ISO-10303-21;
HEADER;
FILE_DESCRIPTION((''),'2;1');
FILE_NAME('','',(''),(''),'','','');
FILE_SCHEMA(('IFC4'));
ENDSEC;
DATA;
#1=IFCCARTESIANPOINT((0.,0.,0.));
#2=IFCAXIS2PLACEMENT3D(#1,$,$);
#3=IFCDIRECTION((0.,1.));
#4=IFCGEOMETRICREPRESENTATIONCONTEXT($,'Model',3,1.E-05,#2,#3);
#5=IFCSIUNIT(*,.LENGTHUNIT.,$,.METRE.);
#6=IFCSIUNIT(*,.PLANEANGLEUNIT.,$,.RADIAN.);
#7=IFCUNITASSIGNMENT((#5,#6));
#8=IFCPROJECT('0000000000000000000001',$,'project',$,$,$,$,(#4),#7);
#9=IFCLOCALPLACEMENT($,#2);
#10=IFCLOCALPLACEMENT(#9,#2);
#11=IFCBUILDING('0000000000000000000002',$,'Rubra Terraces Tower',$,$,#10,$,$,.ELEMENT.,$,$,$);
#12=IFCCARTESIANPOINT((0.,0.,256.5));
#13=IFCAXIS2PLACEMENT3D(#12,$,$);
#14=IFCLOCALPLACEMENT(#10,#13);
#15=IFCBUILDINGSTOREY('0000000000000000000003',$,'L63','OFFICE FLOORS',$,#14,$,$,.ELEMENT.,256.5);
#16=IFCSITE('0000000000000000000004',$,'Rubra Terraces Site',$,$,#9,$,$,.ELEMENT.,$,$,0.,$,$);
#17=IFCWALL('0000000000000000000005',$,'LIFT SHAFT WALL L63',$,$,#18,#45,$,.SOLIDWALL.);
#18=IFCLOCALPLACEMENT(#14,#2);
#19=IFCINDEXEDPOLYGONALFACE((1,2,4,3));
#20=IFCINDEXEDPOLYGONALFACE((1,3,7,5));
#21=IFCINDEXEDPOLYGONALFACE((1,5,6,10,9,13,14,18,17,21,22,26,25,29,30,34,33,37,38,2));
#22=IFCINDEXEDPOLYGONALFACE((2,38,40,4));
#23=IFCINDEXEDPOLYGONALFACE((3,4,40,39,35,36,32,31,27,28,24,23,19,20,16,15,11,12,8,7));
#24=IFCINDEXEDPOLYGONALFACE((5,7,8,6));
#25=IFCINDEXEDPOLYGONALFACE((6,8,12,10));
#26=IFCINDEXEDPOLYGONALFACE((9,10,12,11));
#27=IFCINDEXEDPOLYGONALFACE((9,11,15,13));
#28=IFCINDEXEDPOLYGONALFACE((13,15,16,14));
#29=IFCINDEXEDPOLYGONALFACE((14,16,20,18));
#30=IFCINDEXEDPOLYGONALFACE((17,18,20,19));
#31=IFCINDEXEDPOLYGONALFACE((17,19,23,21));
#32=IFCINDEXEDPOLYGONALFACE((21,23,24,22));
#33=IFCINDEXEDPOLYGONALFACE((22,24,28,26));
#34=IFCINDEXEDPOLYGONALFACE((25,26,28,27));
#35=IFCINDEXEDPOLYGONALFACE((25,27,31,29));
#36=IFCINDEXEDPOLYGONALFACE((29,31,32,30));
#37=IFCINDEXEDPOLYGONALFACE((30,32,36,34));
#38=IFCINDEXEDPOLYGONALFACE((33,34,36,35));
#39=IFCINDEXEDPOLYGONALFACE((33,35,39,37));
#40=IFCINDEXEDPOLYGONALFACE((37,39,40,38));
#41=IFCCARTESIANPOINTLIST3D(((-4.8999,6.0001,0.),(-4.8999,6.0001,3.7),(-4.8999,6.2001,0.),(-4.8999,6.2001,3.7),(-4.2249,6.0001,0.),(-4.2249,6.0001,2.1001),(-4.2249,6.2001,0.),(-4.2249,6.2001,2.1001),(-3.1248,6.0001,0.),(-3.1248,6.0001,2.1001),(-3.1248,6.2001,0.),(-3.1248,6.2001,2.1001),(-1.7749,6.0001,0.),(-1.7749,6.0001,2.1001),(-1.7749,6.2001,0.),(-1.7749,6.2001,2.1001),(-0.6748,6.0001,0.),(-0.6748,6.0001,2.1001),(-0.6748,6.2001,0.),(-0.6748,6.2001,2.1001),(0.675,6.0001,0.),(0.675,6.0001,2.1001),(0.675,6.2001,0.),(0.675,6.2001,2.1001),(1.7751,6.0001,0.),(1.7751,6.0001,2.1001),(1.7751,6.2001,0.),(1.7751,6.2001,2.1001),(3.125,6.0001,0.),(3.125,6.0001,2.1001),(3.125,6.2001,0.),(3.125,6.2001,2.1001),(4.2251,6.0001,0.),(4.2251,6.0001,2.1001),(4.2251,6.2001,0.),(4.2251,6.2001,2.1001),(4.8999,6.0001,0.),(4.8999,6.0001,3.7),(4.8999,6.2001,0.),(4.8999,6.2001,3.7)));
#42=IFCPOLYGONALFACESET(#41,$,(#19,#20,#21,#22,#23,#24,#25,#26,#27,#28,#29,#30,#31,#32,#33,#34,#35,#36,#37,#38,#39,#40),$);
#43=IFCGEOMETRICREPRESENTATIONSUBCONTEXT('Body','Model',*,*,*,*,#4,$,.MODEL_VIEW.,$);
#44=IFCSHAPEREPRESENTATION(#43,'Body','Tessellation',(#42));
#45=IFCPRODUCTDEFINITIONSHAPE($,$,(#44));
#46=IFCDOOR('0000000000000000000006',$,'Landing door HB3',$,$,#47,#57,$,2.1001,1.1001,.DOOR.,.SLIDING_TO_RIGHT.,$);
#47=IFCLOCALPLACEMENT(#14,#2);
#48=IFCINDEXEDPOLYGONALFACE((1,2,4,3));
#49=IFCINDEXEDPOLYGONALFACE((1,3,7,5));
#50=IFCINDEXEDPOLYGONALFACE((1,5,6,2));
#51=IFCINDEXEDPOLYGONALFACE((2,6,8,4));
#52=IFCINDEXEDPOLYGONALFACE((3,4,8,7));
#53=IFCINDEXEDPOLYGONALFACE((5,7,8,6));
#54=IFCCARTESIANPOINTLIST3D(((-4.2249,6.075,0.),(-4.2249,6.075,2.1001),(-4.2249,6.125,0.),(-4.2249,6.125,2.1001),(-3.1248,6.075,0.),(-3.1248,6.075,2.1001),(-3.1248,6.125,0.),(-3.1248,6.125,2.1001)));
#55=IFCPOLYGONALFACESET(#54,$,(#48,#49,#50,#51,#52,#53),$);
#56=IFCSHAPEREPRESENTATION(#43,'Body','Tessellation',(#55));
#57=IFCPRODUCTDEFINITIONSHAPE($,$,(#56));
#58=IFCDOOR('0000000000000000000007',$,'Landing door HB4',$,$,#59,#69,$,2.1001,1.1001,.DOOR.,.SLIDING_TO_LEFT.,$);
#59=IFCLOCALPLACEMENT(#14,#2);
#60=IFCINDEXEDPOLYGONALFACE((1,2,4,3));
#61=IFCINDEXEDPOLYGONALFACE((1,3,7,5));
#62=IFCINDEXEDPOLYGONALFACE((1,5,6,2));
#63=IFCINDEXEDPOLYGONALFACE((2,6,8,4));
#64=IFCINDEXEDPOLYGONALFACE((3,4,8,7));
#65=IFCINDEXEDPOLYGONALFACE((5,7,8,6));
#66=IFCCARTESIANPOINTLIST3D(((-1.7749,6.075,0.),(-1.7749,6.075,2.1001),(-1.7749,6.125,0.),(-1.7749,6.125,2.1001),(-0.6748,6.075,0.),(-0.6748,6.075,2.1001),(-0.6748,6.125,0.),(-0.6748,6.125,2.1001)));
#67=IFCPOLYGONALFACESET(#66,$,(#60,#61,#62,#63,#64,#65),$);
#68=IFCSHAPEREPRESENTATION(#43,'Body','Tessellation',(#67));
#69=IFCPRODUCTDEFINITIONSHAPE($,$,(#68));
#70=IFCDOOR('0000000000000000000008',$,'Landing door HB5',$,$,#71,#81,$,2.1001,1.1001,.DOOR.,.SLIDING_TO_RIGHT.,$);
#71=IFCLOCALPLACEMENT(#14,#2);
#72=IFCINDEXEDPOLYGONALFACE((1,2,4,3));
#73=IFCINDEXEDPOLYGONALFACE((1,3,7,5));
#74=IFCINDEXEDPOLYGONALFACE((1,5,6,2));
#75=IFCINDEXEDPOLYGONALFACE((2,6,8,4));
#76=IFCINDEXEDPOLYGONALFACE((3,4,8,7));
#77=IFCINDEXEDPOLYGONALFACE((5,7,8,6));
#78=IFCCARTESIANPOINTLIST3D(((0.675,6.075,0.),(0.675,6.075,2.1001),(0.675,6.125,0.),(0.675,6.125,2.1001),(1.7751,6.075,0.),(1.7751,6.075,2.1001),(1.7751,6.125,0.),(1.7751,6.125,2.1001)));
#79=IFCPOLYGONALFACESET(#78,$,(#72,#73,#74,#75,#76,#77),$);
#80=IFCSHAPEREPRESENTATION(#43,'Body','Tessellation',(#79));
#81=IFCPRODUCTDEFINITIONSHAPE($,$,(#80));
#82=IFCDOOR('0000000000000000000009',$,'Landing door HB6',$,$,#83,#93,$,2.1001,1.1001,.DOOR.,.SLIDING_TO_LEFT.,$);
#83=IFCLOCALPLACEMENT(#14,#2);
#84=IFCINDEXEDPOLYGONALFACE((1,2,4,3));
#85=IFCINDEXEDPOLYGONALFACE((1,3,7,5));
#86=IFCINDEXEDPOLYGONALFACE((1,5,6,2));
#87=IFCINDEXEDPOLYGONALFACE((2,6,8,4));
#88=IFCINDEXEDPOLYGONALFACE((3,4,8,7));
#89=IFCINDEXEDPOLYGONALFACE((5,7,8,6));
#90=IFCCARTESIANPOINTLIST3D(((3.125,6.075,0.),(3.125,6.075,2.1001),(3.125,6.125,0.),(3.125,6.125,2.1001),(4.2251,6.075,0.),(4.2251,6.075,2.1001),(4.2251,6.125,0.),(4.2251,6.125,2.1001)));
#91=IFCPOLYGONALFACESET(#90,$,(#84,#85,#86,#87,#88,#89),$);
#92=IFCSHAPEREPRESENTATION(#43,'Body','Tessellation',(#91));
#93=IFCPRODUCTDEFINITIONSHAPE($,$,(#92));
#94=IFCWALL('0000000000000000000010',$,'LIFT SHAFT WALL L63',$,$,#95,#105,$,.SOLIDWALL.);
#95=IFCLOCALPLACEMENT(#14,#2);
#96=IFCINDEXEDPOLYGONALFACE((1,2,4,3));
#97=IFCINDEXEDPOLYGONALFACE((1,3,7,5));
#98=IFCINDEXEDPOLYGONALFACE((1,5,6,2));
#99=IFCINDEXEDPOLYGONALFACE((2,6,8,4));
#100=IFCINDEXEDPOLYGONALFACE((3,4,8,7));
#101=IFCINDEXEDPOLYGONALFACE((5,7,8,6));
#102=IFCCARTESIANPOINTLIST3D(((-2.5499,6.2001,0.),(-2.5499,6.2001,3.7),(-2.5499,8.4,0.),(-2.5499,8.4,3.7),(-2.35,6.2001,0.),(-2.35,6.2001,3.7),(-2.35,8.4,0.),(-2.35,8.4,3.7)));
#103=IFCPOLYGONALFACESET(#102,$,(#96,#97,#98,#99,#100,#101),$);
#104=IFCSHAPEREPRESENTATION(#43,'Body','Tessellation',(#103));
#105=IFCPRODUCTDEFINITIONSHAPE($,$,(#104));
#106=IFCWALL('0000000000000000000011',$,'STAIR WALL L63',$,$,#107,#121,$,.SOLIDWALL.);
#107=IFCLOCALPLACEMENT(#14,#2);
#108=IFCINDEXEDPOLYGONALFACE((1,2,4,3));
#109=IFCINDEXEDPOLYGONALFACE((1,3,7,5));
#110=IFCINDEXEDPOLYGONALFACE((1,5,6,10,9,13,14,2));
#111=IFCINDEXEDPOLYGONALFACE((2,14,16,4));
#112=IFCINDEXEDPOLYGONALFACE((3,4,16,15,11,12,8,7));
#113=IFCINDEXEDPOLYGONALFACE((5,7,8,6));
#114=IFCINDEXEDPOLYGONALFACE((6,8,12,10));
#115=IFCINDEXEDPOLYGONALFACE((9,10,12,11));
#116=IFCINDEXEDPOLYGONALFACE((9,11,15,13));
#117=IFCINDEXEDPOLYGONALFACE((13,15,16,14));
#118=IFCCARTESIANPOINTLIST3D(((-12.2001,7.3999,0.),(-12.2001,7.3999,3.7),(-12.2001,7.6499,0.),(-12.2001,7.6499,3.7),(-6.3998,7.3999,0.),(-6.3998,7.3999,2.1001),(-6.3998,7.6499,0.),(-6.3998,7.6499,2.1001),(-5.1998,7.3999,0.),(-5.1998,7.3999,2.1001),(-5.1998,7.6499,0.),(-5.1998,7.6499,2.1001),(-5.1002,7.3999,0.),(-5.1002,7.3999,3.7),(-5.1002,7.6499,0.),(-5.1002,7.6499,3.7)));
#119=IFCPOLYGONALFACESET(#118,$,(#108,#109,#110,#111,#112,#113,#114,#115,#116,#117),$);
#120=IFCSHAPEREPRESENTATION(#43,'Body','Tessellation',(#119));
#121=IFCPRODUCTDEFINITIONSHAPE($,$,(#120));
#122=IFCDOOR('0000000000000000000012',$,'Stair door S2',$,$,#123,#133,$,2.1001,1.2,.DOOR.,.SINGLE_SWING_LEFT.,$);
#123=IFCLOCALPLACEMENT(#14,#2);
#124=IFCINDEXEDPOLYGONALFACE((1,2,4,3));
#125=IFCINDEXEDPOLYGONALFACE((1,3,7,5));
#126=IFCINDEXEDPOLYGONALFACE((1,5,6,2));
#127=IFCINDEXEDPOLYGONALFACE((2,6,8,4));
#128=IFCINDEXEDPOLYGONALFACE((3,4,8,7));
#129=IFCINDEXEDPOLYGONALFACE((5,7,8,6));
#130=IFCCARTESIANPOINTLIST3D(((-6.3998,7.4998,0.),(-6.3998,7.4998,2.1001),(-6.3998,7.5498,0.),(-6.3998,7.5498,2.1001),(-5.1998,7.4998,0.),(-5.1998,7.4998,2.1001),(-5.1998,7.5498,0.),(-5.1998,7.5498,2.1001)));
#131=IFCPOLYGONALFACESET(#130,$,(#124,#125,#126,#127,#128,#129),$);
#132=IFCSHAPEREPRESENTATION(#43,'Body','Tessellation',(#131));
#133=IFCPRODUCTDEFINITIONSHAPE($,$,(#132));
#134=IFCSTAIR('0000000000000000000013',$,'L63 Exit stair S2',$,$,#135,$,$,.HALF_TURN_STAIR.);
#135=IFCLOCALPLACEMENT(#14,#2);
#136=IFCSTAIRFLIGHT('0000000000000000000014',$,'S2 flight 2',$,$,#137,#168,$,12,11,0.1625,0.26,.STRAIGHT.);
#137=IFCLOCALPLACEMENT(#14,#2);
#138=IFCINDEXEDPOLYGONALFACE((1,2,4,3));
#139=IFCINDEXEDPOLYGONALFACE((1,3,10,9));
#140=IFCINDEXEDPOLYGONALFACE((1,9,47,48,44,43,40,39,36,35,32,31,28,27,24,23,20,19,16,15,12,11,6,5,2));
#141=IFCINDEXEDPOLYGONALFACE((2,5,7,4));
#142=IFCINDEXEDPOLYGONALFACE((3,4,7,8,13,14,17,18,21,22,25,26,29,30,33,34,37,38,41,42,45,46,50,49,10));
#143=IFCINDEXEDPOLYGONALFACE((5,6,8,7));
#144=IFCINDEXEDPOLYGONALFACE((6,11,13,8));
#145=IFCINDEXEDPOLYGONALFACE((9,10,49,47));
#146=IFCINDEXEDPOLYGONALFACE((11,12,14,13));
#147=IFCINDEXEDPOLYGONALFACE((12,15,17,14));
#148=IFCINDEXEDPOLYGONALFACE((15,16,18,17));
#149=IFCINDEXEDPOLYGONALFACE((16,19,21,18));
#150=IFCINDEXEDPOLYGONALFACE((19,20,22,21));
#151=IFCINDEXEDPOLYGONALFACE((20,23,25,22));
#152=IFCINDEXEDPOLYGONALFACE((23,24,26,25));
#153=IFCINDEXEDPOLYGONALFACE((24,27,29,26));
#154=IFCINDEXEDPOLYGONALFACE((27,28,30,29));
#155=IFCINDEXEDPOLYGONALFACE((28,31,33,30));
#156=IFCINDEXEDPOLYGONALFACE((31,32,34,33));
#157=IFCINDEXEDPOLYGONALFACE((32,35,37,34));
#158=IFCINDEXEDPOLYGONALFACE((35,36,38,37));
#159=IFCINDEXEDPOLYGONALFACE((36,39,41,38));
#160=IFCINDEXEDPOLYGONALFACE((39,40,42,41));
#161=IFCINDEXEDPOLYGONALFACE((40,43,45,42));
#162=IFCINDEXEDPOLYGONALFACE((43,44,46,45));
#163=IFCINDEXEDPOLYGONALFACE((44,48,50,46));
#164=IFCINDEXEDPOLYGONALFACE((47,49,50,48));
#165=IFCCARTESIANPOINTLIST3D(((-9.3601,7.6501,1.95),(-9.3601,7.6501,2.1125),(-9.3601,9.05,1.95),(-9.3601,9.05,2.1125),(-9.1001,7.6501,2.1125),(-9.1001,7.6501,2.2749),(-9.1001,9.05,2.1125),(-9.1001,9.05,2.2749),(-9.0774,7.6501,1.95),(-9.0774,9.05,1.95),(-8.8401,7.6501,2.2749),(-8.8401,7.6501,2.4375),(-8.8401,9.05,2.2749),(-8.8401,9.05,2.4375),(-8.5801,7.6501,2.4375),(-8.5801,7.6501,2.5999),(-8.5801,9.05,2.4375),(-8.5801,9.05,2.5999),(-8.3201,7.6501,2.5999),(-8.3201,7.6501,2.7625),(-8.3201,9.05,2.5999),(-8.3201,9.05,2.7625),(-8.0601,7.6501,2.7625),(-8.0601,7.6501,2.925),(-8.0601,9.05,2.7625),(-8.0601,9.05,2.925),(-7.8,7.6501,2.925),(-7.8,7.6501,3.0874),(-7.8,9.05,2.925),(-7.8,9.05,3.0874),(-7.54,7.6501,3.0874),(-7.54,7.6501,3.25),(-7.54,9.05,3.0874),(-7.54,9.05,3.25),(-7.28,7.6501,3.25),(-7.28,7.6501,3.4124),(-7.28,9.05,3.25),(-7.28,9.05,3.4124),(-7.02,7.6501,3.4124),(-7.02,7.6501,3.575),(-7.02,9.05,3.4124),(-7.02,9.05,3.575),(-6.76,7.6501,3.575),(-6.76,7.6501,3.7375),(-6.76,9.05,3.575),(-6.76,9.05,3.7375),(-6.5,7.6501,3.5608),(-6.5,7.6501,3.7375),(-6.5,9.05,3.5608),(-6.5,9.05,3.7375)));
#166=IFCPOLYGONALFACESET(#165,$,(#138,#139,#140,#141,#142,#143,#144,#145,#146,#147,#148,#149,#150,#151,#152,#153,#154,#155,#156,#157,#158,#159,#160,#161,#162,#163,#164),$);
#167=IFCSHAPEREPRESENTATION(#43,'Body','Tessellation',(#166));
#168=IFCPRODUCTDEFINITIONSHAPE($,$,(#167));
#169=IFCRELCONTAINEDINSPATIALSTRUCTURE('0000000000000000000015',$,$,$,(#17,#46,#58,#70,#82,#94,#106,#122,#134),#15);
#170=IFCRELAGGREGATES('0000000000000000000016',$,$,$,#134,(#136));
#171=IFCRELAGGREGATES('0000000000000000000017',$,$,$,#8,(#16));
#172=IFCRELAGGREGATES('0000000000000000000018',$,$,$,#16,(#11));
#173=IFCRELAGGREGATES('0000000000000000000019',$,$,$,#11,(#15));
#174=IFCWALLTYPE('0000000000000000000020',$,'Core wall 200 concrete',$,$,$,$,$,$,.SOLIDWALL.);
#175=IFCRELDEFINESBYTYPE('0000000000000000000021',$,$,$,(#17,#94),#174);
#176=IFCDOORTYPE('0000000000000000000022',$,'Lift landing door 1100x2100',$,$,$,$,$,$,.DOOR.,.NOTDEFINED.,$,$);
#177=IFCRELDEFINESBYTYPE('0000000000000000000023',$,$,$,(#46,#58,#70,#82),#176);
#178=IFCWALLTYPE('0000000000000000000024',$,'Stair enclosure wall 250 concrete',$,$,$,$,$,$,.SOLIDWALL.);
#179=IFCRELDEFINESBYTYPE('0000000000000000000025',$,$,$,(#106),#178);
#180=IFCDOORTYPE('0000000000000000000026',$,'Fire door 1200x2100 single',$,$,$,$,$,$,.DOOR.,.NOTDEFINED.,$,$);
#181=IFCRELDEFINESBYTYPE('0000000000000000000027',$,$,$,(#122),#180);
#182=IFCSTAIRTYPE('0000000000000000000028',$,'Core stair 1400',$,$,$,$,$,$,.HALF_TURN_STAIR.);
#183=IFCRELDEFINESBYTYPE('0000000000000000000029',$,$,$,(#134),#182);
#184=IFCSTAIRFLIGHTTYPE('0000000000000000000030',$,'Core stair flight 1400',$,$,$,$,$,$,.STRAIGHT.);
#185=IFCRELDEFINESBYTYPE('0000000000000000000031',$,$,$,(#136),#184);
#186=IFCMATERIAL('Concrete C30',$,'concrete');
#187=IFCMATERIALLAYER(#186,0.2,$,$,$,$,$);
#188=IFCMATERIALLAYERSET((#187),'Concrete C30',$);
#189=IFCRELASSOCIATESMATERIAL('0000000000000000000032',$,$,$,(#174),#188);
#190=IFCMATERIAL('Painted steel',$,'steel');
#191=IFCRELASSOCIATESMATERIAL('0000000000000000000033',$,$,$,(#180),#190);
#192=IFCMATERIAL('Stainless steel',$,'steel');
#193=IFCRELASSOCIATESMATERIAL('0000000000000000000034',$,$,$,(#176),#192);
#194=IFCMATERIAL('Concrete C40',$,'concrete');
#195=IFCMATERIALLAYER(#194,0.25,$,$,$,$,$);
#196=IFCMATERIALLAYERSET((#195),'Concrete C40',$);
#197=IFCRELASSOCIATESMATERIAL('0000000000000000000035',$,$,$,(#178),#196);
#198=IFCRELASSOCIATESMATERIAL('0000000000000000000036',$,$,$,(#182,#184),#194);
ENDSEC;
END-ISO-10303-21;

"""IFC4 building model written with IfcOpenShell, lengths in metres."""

from ifc_helpers import new_model, si_unit, direction, frame, frame_2d, origin, place, context, subcontext, project, spatial, polyline, rectangle, outline, extrude, material, layer, layer_set, type_object, element, fill, aggregate, save


model = new_model("IFC4")

# Units and contexts
model_context = context("Model", 3, precision=1e-05, world=origin(), true_north=direction((0.0, 1.0)))
body_context = subcontext(model_context, "Body", "Model", "MODEL_VIEW")
ifc_project = project(units=[si_unit("LENGTHUNIT", "METRE"), si_unit("PLANEANGLEUNIT", "RADIAN")], contexts=[model_context])

# Site, building, storey
site_placement = place(None, origin())
site = spatial("IfcSite", under=ifc_project, at=site_placement, Name="Rubra Terraces Site", CompositionType="ELEMENT", RefElevation=0.0)
building_placement = place(site_placement, origin())
building = spatial("IfcBuilding", under=site, at=building_placement, Name="Rubra Terraces Tower", CompositionType="ELEMENT")
storey_placement = place(building_placement, frame((0.0, 0.0, 256.5)))
storey = spatial("IfcBuildingStorey", under=building, at=storey_placement, Name="L63", Description="OFFICE FLOORS", CompositionType="ELEMENT", Elevation=256.5)

# Shared definitions
ifc_material_1 = material(Name="Concrete C40", Category="concrete")

# Shared definitions
ifc_material_2 = material(Name="Concrete C30", Category="concrete")
ifc_layer_1 = layer(ifc_material_2, 0.2)
ifc_layer_set_1 = layer_set([ifc_layer_1], Name="Concrete C30")
wall_type_1 = type_object("IfcWallType", Name="Core wall 200 concrete", PredefinedType="SOLIDWALL", material=ifc_layer_set_1)
ifc_material_3 = material(Name="Painted steel", Category="steel")
door_type_1 = type_object("IfcDoorType", Name="Fire door 1200x2100 single", OperationType="NOTDEFINED", PredefinedType="DOOR", material=ifc_material_3)
ifc_material_4 = material(Name="Stainless steel", Category="steel")

# Wall, openings, doors
door_type_2 = type_object("IfcDoorType", Name="Lift landing door 1100x2100", OperationType="NOTDEFINED", PredefinedType="DOOR", material=ifc_material_4)
wall_1_placement = place(storey_placement, frame((-4.8999, 6.1001, 0.0), z_axis=(0.0, 0.0, 1.0), x_axis=(1.0, 0.0, 0.0)))
wall_1 = element("IfcWall", 1, at=wall_1_placement, inside=storey, type_object=wall_type_1, Name="LIFT SHAFT WALL L63", PredefinedType="SOLIDWALL", context=body_context, shape_type="SweptSolid", body=[
    extrude(rectangle(XDim=9.7998, YDim=0.2, at=frame_2d((4.8999, 0.0))), origin(), (0.0, 0.0, 1.0), 3.7),
])
opening_1_placement = place(wall_1_placement, frame((0.675, 0.0, 0.0)))
opening_1 = element("IfcOpeningElement", 2, at=opening_1_placement, cuts=wall_1, PredefinedType="OPENING", context=body_context, shape_type="SweptSolid", body=[
    extrude(rectangle(XDim=1.1001, YDim=2.1001, at=frame_2d((0.55, 1.05))), frame((0.0, 0.1099, 0.0), z_axis=(0.0, -1.0, 0.0), x_axis=(1.0, 0.0, 0.0)), (0.0, 0.0, 1.0), 0.22),
])
opening_2_placement = place(wall_1_placement, frame((3.125, 0.0, 0.0)))
opening_2 = element("IfcOpeningElement", 3, at=opening_2_placement, cuts=wall_1, PredefinedType="OPENING", context=body_context, shape_type="SweptSolid", body=[
    extrude(rectangle(XDim=1.1001, YDim=2.1001, at=frame_2d((0.55, 1.05))), frame((0.0, 0.1099, 0.0), z_axis=(0.0, -1.0, 0.0), x_axis=(1.0, 0.0, 0.0)), (0.0, 0.0, 1.0), 0.22),
])
opening_3_placement = place(wall_1_placement, frame((5.575, 0.0, 0.0)))
opening_3 = element("IfcOpeningElement", 4, at=opening_3_placement, cuts=wall_1, PredefinedType="OPENING", context=body_context, shape_type="SweptSolid", body=[
    extrude(rectangle(XDim=1.1001, YDim=2.1001, at=frame_2d((0.55, 1.05))), frame((0.0, 0.1099, 0.0), z_axis=(0.0, -1.0, 0.0), x_axis=(1.0, 0.0, 0.0)), (0.0, 0.0, 1.0), 0.22),
])
opening_4_placement = place(wall_1_placement, frame((8.0249, 0.0, 0.0)))
opening_4 = element("IfcOpeningElement", 5, at=opening_4_placement, cuts=wall_1, PredefinedType="OPENING", context=body_context, shape_type="SweptSolid", body=[
    extrude(rectangle(XDim=1.1001, YDim=2.1001, at=frame_2d((0.55, 1.05))), frame((0.0, 0.1099, 0.0), z_axis=(0.0, -1.0, 0.0), x_axis=(1.0, 0.0, 0.0)), (0.0, 0.0, 1.0), 0.22),
])
door_1_placement = place(opening_1_placement, origin())
door_1 = element("IfcDoor", 6, at=door_1_placement, inside=storey, type_object=door_type_2, Name="Landing door HB3", OperationType="SLIDING_TO_RIGHT", OverallHeight=2.1001, OverallWidth=1.1001, PredefinedType="DOOR", context=body_context, shape_type="SweptSolid", body=[
    extrude(rectangle(XDim=1.1001, YDim=2.1001, at=frame_2d((0.55, 1.05))), frame((0.0, 0.0249, 0.0), z_axis=(0.0, -1.0, 0.0), x_axis=(1.0, 0.0, 0.0)), (0.0, 0.0, 1.0), 0.05),
])
fill(opening_1, door_1)
door_2_placement = place(opening_2_placement, origin())
door_2 = element("IfcDoor", 7, at=door_2_placement, inside=storey, type_object=door_type_2, Name="Landing door HB4", OperationType="SLIDING_TO_LEFT", OverallHeight=2.1001, OverallWidth=1.1001, PredefinedType="DOOR", context=body_context, shape_type="SweptSolid", body=[
    extrude(rectangle(XDim=1.1001, YDim=2.1001, at=frame_2d((0.55, 1.05))), frame((0.0, 0.0249, 0.0), z_axis=(0.0, -1.0, 0.0), x_axis=(1.0, 0.0, 0.0)), (0.0, 0.0, 1.0), 0.05),
])
fill(opening_2, door_2)
door_3_placement = place(opening_3_placement, origin())
door_3 = element("IfcDoor", 8, at=door_3_placement, inside=storey, type_object=door_type_2, Name="Landing door HB5", OperationType="SLIDING_TO_RIGHT", OverallHeight=2.1001, OverallWidth=1.1001, PredefinedType="DOOR", context=body_context, shape_type="SweptSolid", body=[
    extrude(rectangle(XDim=1.1001, YDim=2.1001, at=frame_2d((0.55, 1.05))), frame((0.0, 0.0249, 0.0), z_axis=(0.0, -1.0, 0.0), x_axis=(1.0, 0.0, 0.0)), (0.0, 0.0, 1.0), 0.05),
])
fill(opening_3, door_3)
door_4_placement = place(opening_4_placement, origin())
door_4 = element("IfcDoor", 9, at=door_4_placement, inside=storey, type_object=door_type_2, Name="Landing door HB6", OperationType="SLIDING_TO_LEFT", OverallHeight=2.1001, OverallWidth=1.1001, PredefinedType="DOOR", context=body_context, shape_type="SweptSolid", body=[
    extrude(rectangle(XDim=1.1001, YDim=2.1001, at=frame_2d((0.55, 1.05))), frame((0.0, 0.0249, 0.0), z_axis=(0.0, -1.0, 0.0), x_axis=(1.0, 0.0, 0.0)), (0.0, 0.0, 1.0), 0.05),
])
fill(opening_4, door_4)

# Wall
wall_2_placement = place(storey_placement, frame((-2.45, 6.2, 0.0), z_axis=(0.0, 0.0, 1.0), x_axis=(0.0, 1.0, 0.0)))
element("IfcWall", 10, at=wall_2_placement, inside=storey, type_object=wall_type_1, Name="LIFT SHAFT WALL L63", PredefinedType="SOLIDWALL", context=body_context, shape_type="SweptSolid", body=[
    extrude(rectangle(XDim=2.2, YDim=0.2, at=frame_2d((1.1001, 0.0))), origin(), (0.0, 0.0, 1.0), 3.7),
])

# Wall, opening, door
ifc_layer_2 = layer(ifc_material_1, 0.25)
ifc_layer_set_2 = layer_set([ifc_layer_2], Name="Concrete C40")
wall_type_2 = type_object("IfcWallType", Name="Stair enclosure wall 250 concrete", PredefinedType="SOLIDWALL", material=ifc_layer_set_2)
wall_3_placement = place(storey_placement, frame((-12.2, 7.5249, 0.0), z_axis=(0.0, 0.0, 1.0), x_axis=(1.0, 0.0, 0.0)))
wall_3 = element("IfcWall", 11, at=wall_3_placement, inside=storey, type_object=wall_type_2, Name="STAIR WALL L63", PredefinedType="SOLIDWALL", context=body_context, shape_type="SweptSolid", body=[
    extrude(rectangle(XDim=7.0999, YDim=0.25, at=frame_2d((3.5498, 0.0))), origin(), (0.0, 0.0, 1.0), 3.7),
])
opening_5_placement = place(wall_3_placement, frame((5.8, 0.0, 0.0)))
opening_5 = element("IfcOpeningElement", 12, at=opening_5_placement, cuts=wall_3, PredefinedType="OPENING", context=body_context, shape_type="SweptSolid", body=[
    extrude(rectangle(XDim=1.2, YDim=2.1001, at=frame_2d((0.6001, 1.05))), frame((0.0, 0.135, 0.0), z_axis=(0.0, -1.0, 0.0), x_axis=(1.0, 0.0, 0.0)), (0.0, 0.0, 1.0), 0.27),
])
door_5_placement = place(opening_5_placement, origin())
door_5 = element("IfcDoor", 13, at=door_5_placement, inside=storey, type_object=door_type_1, Name="Stair door S2", OperationType="SINGLE_SWING_LEFT", OverallHeight=2.1001, OverallWidth=1.2, PredefinedType="DOOR", context=body_context, shape_type="SweptSolid", body=[
    extrude(rectangle(XDim=1.2, YDim=2.1001, at=frame_2d((0.6001, 1.05))), frame((0.0, 0.0249, 0.0), z_axis=(0.0, -1.0, 0.0), x_axis=(1.0, 0.0, 0.0)), (0.0, 0.0, 1.0), 0.05),
])
fill(opening_5, door_5)

# Stair, stair flight
stair_type = type_object("IfcStairType", Name="Core stair 1400", PredefinedType="HALF_TURN_STAIR", material=ifc_material_1)
stair_placement = place(storey_placement, origin())
stair = element("IfcStair", 14, at=stair_placement, inside=storey, type_object=stair_type, Name="L63 Exit stair S2", PredefinedType="HALF_TURN_STAIR")
stair_flight_type = type_object("IfcStairFlightType", Name="Core stair flight 1400", PredefinedType="STRAIGHT", material=ifc_material_1)
stair_flight_placement = place(storey_placement, frame((-9.3601, 8.3501, 1.95), z_axis=(0.0, 0.0, 1.0), x_axis=(1.0, 0.0, 0.0)))
stair_flight = element("IfcStairFlight", 15, at=stair_flight_placement, type_object=stair_flight_type, Name="S2 flight 2", NumberOfRisers=12, NumberOfTreads=11, PredefinedType="STRAIGHT", RiserHeight=0.1625, TreadLength=0.26, context=body_context, shape_type="SweptSolid", body=[
    extrude(outline(polyline([(0.0, 0.0), (0.0, 0.1626), (0.26, 0.1626), (0.26, 0.325), (0.52, 0.325), (0.52, 0.4875), (0.78, 0.4875), (0.78, 0.6499), (1.04, 0.6499), (1.04, 0.8125), (1.3, 0.8125), (1.3, 0.9751), (1.5601, 0.9751), (1.5601, 1.1375), (1.8201, 1.1375), (1.8201, 1.3), (2.0801, 1.3), (2.0801, 1.4624), (2.3401, 1.4624), (2.3401, 1.625), (2.6001, 1.625), (2.6001, 1.7876), (2.8601, 1.7876), (2.8601, 1.95), (2.8601, 1.6108), (0.2827, 0.0), (0.0, 0.0)])), frame((0.0, 0.7, 0.0), z_axis=(0.0, -1.0, 0.0), x_axis=(1.0, 0.0, 0.0)), (0.0, 0.0, 1.0), 1.3999),
])
aggregate(stair, [stair_flight])

save(model, "model.ifc")
